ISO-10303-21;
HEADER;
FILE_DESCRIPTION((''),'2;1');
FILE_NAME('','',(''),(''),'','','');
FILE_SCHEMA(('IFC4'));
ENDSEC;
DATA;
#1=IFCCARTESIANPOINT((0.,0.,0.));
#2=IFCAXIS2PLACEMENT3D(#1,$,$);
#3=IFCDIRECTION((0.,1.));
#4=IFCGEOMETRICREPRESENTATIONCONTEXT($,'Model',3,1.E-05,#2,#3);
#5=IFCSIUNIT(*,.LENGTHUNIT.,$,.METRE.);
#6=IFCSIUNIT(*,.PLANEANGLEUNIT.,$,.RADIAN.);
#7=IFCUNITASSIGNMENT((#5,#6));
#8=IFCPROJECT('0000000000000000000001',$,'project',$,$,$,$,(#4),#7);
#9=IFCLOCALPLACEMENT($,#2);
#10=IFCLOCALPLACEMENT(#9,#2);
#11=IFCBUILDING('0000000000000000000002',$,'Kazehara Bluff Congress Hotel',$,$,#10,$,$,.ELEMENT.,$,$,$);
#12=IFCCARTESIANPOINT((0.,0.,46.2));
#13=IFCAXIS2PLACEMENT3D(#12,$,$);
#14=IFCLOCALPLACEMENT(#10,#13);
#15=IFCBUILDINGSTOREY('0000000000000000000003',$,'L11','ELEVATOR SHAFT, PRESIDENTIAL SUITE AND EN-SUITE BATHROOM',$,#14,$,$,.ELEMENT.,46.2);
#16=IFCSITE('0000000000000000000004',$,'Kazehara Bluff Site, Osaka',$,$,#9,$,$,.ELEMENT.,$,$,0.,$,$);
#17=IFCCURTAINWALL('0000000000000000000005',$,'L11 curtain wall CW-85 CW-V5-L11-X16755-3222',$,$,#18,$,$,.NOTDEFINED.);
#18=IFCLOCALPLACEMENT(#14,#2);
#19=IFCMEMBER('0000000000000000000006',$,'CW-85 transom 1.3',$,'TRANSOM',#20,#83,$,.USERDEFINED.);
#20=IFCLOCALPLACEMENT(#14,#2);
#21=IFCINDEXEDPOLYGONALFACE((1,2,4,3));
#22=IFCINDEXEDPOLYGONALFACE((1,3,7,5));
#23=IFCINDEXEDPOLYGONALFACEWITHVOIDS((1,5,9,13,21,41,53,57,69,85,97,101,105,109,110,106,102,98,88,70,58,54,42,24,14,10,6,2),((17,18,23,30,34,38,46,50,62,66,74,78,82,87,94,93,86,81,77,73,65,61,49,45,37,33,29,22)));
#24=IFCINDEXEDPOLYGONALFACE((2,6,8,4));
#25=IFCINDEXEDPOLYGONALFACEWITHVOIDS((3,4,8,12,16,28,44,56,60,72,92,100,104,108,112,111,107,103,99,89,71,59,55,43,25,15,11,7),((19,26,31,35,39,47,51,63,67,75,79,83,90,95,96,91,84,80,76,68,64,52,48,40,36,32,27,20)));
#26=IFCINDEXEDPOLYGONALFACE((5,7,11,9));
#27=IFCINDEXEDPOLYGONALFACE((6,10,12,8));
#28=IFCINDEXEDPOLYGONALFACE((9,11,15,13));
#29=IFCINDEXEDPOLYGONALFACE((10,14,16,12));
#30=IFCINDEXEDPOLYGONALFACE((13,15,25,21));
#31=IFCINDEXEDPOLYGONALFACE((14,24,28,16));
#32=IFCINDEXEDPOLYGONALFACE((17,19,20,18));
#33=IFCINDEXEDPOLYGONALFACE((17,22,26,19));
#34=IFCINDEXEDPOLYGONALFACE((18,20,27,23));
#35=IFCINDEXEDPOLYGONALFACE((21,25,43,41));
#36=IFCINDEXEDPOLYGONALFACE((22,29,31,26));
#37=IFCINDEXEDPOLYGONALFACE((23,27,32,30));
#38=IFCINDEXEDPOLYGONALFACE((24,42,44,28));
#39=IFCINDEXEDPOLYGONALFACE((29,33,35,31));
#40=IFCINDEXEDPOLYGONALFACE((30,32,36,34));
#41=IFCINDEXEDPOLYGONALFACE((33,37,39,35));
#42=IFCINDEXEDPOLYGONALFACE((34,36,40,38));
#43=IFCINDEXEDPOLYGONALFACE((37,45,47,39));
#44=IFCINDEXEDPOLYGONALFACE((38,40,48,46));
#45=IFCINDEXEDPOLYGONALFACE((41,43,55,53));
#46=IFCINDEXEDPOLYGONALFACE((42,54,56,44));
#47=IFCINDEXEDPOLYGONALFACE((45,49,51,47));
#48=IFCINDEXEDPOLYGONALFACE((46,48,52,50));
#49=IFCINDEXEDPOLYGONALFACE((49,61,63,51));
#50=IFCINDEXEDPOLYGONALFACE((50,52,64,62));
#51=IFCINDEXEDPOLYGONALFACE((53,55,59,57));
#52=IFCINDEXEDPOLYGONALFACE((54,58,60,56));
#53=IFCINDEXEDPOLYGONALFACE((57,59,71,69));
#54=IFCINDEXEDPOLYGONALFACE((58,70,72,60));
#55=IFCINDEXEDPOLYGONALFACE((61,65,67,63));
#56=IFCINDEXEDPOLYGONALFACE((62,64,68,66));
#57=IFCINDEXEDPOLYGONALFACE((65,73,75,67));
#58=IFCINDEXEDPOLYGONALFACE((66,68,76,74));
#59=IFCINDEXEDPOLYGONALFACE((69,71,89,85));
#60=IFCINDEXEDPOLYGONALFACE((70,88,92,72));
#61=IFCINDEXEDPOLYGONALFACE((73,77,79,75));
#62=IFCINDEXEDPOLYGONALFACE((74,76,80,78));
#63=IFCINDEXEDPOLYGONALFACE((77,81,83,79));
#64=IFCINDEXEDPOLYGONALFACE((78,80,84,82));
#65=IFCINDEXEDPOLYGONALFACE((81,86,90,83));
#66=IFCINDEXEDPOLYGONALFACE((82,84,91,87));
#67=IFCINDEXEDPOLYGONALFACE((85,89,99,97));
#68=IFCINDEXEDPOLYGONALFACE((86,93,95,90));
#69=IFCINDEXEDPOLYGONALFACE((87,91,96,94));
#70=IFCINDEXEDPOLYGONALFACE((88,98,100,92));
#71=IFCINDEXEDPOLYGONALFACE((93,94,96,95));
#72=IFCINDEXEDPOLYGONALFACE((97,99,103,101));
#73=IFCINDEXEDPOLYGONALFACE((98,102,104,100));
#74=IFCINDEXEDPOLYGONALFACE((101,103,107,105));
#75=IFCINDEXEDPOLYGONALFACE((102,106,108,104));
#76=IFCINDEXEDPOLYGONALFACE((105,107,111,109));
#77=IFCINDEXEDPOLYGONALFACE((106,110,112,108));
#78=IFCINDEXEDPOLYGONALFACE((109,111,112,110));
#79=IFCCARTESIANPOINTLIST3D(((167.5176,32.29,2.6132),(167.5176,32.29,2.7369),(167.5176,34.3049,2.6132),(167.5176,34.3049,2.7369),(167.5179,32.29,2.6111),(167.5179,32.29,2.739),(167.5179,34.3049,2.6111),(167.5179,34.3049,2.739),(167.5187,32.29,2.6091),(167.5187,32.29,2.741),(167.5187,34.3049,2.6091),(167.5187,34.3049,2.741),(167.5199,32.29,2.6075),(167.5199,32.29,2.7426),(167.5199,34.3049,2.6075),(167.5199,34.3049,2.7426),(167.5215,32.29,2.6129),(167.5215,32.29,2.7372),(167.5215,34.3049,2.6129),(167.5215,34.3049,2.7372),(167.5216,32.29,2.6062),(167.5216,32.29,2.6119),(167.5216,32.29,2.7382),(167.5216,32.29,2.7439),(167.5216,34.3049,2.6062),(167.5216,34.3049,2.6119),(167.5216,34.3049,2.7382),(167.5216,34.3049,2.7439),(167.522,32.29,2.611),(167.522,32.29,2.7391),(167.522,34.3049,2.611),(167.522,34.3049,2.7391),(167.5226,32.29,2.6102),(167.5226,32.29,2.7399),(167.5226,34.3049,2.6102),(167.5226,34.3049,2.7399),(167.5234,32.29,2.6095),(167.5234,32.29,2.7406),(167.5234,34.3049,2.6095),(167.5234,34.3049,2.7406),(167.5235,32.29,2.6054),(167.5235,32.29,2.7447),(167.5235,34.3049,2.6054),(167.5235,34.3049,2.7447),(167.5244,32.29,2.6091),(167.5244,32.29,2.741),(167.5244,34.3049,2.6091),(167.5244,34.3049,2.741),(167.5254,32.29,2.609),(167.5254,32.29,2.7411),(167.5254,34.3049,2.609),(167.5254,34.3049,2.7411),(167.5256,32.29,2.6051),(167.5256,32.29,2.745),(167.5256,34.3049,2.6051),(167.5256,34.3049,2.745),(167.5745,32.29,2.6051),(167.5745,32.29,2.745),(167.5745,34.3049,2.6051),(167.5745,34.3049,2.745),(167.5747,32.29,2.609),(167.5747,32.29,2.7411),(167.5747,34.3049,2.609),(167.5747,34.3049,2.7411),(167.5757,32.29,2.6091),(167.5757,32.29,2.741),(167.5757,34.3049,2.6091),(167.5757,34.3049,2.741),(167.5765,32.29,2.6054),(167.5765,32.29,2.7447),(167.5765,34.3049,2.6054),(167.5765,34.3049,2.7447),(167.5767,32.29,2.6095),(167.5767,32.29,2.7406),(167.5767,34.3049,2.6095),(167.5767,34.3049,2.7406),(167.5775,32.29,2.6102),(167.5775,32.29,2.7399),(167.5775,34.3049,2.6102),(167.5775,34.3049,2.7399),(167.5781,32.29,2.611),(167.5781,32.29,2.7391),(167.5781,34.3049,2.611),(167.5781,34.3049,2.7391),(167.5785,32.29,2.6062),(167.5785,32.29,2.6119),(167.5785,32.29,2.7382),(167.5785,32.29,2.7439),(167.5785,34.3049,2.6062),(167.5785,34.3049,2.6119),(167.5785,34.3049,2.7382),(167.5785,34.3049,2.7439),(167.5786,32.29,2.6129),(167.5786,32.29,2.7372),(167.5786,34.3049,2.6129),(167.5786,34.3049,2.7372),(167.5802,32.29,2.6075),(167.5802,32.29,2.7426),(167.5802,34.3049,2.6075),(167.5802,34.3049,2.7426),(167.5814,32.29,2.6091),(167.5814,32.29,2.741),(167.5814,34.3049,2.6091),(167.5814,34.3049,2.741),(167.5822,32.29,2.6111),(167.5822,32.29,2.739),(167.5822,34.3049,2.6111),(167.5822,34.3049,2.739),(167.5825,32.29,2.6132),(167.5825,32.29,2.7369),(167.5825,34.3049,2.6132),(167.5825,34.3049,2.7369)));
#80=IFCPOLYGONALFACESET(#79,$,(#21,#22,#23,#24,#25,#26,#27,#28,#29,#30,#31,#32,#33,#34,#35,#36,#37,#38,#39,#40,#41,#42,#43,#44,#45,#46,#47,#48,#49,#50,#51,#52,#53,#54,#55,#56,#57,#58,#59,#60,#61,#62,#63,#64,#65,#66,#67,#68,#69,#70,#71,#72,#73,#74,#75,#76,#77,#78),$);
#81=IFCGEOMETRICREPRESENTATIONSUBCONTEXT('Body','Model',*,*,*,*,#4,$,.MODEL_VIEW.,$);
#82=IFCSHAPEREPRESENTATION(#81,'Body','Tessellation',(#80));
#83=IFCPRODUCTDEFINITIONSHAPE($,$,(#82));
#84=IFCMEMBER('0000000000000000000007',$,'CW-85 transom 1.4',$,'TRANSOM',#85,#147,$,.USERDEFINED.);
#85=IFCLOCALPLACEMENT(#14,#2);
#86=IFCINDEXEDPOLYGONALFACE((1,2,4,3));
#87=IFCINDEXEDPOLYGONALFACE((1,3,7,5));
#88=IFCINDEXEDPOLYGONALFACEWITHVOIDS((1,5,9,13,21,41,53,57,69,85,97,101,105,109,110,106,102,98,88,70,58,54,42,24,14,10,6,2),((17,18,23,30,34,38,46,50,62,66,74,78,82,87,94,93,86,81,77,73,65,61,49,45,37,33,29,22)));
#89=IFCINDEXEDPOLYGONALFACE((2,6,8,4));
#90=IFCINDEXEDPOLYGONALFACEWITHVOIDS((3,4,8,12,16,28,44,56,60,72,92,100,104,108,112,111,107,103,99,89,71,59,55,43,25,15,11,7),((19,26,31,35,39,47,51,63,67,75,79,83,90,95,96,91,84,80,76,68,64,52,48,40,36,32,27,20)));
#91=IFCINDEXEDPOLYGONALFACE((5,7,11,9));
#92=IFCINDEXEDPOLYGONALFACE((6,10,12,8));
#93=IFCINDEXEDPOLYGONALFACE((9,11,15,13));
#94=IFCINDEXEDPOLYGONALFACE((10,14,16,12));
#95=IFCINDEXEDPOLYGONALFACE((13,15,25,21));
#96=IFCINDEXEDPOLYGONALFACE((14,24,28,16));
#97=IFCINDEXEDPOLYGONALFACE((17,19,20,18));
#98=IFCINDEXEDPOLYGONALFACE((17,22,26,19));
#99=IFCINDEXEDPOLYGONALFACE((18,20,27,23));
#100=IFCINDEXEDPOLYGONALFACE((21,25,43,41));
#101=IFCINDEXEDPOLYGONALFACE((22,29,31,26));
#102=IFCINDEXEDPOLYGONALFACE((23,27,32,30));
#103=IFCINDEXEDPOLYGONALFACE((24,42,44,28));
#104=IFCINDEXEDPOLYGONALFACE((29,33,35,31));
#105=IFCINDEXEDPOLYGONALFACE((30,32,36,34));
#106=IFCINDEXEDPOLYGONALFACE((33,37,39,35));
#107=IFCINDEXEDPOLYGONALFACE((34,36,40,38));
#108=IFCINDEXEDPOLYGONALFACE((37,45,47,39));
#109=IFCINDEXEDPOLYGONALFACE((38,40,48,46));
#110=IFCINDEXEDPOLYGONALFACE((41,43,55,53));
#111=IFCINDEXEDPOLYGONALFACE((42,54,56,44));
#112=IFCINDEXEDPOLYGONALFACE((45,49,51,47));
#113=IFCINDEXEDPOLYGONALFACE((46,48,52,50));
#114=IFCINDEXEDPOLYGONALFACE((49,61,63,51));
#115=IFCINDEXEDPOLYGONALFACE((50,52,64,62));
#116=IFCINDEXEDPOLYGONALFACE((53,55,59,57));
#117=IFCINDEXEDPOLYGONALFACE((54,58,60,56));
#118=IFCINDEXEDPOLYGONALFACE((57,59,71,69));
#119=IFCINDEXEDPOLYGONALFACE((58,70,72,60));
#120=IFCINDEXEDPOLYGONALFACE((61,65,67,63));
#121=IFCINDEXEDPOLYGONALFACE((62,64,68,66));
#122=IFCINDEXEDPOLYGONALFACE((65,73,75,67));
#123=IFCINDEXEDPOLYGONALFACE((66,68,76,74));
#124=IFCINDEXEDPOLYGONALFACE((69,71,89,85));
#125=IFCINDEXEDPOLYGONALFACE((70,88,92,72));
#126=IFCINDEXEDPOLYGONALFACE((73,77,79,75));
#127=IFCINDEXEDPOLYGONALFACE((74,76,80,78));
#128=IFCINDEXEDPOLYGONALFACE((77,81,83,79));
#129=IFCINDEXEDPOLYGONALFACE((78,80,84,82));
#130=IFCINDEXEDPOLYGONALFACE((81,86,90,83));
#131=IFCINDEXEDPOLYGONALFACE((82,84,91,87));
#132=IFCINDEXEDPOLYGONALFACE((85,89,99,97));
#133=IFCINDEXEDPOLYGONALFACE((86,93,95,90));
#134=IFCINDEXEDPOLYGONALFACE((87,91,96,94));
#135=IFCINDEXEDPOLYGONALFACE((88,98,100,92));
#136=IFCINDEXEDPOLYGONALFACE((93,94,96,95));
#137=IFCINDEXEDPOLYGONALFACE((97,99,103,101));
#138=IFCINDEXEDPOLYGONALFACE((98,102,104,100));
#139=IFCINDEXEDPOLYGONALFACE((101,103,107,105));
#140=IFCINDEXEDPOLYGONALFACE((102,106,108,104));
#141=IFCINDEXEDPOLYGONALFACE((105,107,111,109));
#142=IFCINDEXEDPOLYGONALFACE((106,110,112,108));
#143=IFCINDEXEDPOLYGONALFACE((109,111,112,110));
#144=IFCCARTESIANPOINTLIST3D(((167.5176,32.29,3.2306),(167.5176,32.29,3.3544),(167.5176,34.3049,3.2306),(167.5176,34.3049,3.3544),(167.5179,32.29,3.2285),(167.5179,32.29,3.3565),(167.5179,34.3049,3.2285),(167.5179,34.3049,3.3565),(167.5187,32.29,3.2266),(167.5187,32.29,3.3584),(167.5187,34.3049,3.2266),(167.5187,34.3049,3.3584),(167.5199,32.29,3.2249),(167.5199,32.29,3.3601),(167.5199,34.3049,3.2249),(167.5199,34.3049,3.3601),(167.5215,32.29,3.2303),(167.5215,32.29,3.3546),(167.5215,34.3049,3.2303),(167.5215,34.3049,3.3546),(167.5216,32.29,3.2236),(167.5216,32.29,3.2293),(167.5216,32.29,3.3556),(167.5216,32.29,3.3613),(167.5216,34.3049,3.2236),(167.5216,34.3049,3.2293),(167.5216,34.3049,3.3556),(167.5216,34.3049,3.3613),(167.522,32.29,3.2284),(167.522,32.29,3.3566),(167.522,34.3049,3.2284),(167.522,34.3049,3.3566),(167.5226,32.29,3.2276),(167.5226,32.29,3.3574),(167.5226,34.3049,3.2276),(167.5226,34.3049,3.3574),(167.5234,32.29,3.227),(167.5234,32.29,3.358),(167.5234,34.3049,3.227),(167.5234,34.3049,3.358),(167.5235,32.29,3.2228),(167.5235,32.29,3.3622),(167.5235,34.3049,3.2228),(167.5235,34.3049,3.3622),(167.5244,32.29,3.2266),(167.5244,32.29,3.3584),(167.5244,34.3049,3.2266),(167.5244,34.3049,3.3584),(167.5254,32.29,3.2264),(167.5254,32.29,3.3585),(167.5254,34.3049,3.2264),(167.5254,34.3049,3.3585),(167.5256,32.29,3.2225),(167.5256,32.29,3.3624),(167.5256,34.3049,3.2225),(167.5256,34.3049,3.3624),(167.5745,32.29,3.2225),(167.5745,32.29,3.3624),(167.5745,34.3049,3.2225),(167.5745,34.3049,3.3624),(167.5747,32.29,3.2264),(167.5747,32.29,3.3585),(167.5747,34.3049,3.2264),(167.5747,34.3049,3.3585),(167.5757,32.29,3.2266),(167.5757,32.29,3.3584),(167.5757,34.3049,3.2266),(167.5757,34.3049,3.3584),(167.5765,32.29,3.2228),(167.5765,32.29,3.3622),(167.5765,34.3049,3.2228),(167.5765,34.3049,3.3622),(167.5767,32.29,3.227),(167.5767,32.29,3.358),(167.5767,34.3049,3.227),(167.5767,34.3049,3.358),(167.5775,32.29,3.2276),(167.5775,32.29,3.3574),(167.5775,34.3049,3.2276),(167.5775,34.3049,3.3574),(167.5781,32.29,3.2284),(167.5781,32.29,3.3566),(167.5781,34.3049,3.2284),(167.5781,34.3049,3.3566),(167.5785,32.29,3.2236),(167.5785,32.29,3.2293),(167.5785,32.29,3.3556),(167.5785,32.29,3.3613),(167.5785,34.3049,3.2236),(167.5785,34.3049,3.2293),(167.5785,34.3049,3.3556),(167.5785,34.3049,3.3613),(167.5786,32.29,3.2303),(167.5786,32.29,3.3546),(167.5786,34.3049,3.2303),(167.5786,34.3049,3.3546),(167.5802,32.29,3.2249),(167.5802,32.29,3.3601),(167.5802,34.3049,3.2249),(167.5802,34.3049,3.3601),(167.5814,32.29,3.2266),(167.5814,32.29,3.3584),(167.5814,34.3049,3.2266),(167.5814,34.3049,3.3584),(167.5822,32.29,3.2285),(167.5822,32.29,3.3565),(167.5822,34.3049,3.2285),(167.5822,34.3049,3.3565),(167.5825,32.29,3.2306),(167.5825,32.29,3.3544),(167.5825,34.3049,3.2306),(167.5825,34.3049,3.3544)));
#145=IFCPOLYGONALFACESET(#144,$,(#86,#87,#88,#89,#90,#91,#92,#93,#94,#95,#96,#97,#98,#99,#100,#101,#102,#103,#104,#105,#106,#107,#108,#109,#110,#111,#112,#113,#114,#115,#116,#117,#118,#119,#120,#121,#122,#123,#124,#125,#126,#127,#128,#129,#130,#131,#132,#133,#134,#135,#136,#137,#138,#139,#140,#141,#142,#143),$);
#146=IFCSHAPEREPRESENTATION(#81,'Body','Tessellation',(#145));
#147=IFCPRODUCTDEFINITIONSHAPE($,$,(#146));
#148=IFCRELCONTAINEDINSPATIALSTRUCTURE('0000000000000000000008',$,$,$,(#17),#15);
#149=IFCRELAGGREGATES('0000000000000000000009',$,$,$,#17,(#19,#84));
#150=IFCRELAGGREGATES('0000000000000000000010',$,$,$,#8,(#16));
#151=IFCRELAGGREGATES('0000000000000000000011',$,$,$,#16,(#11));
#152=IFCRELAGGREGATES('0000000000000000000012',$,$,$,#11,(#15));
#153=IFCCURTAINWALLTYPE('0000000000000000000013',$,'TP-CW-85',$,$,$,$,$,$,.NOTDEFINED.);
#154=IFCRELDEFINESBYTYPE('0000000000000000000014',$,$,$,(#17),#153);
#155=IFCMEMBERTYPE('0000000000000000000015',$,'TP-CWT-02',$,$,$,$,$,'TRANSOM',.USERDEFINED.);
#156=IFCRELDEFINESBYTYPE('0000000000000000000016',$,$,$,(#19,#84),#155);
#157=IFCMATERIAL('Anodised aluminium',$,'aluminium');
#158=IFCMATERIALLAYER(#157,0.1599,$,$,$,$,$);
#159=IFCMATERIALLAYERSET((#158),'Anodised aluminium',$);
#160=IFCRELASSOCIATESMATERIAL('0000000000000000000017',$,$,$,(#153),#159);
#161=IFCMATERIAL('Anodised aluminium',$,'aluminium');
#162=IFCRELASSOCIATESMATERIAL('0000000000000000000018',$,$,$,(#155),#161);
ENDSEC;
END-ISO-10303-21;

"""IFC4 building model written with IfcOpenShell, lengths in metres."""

from ifc_helpers import new_model, si_unit, direction, frame, origin, origin_2d, place, context, subcontext, project, spatial, hollow_rectangle, extrude, material, layer, layer_set, material_profile, profile_set, type_object, element, aggregate, save


model = new_model("IFC4")

# Units and contexts
model_context = context("Model", 3, precision=1e-05, world=origin(), true_north=direction((0.0, 1.0)))
body_context = subcontext(model_context, "Body", "Model", "MODEL_VIEW")
ifc_project = project(units=[si_unit("LENGTHUNIT", "METRE"), si_unit("PLANEANGLEUNIT", "RADIAN")], contexts=[model_context])

# Site, building, storey
site_placement = place(None, origin())
site = spatial("IfcSite", under=ifc_project, at=site_placement, Name="Kazehara Bluff Site, Osaka", CompositionType="ELEMENT", RefElevation=0.0)
building_placement = place(site_placement, origin())
building = spatial("IfcBuilding", under=site, at=building_placement, Name="Kazehara Bluff Congress Hotel", CompositionType="ELEMENT")
storey_placement = place(building_placement, frame((0.0, 0.0, 46.2)))
storey = spatial("IfcBuildingStorey", under=building, at=storey_placement, Name="L11", Description="ELEVATOR SHAFT, PRESIDENTIAL SUITE AND EN-SUITE BATHROOM", CompositionType="ELEMENT", Elevation=46.2)

# Curtain wall
ifc_material_1 = material(Name="Anodised aluminium", Category="aluminium")
ifc_layer_1 = layer(ifc_material_1, 0.1599)
ifc_layer_set_1 = layer_set([ifc_layer_1], Name="Anodised aluminium")
curtain_wall_type_1 = type_object("IfcCurtainWallType", Name="TP-CW-85", PredefinedType="NOTDEFINED", material=ifc_layer_set_1)
curtain_wall_1_placement = place(storey_placement, origin())
curtain_wall_1 = element("IfcCurtainWall", 1, at=curtain_wall_1_placement, inside=storey, type_object=curtain_wall_type_1, Name="L11 curtain wall CW-85 CW-V5-L11-X16755-3222", PredefinedType="NOTDEFINED")

# Members
ifc_material_2 = material(Name="Anodised aluminium", Category="aluminium")
ifc_material_profile_1 = material_profile(ifc_material_2, hollow_rectangle(XDim=0.0649, YDim=0.1399, WallThickness=0.0039, InnerFilletRadius=0.0039, OuterFilletRadius=0.0081, at=origin_2d()))
ifc_profile_set_1 = profile_set([ifc_material_profile_1], Name="Anodised aluminium")
member_type_1 = type_object("IfcMemberType", Name="TP-CWT-02", ElementType="TRANSOM", PredefinedType="USERDEFINED", material=ifc_profile_set_1)
member_1_placement = place(storey_placement, frame((167.55, 32.29, 2.675), z_axis=(0.0, 1.0, 0.0), x_axis=(-1.0, 0.0, 0.0)))
member_1 = element("IfcMember", 2, at=member_1_placement, type_object=member_type_1, Name="CW-85 transom 1.3", ObjectType="TRANSOM", PredefinedType="USERDEFINED", context=body_context, shape_type="SweptSolid", body=[
    extrude(hollow_rectangle(XDim=0.0649, YDim=0.1399, WallThickness=0.0039, InnerFilletRadius=0.0039, OuterFilletRadius=0.0081, at=origin_2d()), origin(), (0.0, 0.0, 1.0), 2.0149),
])
member_2_placement = place(storey_placement, frame((167.55, 32.29, 3.2925), z_axis=(0.0, 1.0, 0.0), x_axis=(-1.0, 0.0, 0.0)))
member_2 = element("IfcMember", 3, at=member_2_placement, type_object=member_type_1, Name="CW-85 transom 1.4", ObjectType="TRANSOM", PredefinedType="USERDEFINED", context=body_context, shape_type="SweptSolid", body=[
    extrude(hollow_rectangle(XDim=0.0649, YDim=0.1399, WallThickness=0.0039, InnerFilletRadius=0.0039, OuterFilletRadius=0.0081, at=origin_2d()), origin(), (0.0, 0.0, 1.0), 2.0149),
])

aggregate(curtain_wall_1, [member_1, member_2])

save(model, "model.ifc")
